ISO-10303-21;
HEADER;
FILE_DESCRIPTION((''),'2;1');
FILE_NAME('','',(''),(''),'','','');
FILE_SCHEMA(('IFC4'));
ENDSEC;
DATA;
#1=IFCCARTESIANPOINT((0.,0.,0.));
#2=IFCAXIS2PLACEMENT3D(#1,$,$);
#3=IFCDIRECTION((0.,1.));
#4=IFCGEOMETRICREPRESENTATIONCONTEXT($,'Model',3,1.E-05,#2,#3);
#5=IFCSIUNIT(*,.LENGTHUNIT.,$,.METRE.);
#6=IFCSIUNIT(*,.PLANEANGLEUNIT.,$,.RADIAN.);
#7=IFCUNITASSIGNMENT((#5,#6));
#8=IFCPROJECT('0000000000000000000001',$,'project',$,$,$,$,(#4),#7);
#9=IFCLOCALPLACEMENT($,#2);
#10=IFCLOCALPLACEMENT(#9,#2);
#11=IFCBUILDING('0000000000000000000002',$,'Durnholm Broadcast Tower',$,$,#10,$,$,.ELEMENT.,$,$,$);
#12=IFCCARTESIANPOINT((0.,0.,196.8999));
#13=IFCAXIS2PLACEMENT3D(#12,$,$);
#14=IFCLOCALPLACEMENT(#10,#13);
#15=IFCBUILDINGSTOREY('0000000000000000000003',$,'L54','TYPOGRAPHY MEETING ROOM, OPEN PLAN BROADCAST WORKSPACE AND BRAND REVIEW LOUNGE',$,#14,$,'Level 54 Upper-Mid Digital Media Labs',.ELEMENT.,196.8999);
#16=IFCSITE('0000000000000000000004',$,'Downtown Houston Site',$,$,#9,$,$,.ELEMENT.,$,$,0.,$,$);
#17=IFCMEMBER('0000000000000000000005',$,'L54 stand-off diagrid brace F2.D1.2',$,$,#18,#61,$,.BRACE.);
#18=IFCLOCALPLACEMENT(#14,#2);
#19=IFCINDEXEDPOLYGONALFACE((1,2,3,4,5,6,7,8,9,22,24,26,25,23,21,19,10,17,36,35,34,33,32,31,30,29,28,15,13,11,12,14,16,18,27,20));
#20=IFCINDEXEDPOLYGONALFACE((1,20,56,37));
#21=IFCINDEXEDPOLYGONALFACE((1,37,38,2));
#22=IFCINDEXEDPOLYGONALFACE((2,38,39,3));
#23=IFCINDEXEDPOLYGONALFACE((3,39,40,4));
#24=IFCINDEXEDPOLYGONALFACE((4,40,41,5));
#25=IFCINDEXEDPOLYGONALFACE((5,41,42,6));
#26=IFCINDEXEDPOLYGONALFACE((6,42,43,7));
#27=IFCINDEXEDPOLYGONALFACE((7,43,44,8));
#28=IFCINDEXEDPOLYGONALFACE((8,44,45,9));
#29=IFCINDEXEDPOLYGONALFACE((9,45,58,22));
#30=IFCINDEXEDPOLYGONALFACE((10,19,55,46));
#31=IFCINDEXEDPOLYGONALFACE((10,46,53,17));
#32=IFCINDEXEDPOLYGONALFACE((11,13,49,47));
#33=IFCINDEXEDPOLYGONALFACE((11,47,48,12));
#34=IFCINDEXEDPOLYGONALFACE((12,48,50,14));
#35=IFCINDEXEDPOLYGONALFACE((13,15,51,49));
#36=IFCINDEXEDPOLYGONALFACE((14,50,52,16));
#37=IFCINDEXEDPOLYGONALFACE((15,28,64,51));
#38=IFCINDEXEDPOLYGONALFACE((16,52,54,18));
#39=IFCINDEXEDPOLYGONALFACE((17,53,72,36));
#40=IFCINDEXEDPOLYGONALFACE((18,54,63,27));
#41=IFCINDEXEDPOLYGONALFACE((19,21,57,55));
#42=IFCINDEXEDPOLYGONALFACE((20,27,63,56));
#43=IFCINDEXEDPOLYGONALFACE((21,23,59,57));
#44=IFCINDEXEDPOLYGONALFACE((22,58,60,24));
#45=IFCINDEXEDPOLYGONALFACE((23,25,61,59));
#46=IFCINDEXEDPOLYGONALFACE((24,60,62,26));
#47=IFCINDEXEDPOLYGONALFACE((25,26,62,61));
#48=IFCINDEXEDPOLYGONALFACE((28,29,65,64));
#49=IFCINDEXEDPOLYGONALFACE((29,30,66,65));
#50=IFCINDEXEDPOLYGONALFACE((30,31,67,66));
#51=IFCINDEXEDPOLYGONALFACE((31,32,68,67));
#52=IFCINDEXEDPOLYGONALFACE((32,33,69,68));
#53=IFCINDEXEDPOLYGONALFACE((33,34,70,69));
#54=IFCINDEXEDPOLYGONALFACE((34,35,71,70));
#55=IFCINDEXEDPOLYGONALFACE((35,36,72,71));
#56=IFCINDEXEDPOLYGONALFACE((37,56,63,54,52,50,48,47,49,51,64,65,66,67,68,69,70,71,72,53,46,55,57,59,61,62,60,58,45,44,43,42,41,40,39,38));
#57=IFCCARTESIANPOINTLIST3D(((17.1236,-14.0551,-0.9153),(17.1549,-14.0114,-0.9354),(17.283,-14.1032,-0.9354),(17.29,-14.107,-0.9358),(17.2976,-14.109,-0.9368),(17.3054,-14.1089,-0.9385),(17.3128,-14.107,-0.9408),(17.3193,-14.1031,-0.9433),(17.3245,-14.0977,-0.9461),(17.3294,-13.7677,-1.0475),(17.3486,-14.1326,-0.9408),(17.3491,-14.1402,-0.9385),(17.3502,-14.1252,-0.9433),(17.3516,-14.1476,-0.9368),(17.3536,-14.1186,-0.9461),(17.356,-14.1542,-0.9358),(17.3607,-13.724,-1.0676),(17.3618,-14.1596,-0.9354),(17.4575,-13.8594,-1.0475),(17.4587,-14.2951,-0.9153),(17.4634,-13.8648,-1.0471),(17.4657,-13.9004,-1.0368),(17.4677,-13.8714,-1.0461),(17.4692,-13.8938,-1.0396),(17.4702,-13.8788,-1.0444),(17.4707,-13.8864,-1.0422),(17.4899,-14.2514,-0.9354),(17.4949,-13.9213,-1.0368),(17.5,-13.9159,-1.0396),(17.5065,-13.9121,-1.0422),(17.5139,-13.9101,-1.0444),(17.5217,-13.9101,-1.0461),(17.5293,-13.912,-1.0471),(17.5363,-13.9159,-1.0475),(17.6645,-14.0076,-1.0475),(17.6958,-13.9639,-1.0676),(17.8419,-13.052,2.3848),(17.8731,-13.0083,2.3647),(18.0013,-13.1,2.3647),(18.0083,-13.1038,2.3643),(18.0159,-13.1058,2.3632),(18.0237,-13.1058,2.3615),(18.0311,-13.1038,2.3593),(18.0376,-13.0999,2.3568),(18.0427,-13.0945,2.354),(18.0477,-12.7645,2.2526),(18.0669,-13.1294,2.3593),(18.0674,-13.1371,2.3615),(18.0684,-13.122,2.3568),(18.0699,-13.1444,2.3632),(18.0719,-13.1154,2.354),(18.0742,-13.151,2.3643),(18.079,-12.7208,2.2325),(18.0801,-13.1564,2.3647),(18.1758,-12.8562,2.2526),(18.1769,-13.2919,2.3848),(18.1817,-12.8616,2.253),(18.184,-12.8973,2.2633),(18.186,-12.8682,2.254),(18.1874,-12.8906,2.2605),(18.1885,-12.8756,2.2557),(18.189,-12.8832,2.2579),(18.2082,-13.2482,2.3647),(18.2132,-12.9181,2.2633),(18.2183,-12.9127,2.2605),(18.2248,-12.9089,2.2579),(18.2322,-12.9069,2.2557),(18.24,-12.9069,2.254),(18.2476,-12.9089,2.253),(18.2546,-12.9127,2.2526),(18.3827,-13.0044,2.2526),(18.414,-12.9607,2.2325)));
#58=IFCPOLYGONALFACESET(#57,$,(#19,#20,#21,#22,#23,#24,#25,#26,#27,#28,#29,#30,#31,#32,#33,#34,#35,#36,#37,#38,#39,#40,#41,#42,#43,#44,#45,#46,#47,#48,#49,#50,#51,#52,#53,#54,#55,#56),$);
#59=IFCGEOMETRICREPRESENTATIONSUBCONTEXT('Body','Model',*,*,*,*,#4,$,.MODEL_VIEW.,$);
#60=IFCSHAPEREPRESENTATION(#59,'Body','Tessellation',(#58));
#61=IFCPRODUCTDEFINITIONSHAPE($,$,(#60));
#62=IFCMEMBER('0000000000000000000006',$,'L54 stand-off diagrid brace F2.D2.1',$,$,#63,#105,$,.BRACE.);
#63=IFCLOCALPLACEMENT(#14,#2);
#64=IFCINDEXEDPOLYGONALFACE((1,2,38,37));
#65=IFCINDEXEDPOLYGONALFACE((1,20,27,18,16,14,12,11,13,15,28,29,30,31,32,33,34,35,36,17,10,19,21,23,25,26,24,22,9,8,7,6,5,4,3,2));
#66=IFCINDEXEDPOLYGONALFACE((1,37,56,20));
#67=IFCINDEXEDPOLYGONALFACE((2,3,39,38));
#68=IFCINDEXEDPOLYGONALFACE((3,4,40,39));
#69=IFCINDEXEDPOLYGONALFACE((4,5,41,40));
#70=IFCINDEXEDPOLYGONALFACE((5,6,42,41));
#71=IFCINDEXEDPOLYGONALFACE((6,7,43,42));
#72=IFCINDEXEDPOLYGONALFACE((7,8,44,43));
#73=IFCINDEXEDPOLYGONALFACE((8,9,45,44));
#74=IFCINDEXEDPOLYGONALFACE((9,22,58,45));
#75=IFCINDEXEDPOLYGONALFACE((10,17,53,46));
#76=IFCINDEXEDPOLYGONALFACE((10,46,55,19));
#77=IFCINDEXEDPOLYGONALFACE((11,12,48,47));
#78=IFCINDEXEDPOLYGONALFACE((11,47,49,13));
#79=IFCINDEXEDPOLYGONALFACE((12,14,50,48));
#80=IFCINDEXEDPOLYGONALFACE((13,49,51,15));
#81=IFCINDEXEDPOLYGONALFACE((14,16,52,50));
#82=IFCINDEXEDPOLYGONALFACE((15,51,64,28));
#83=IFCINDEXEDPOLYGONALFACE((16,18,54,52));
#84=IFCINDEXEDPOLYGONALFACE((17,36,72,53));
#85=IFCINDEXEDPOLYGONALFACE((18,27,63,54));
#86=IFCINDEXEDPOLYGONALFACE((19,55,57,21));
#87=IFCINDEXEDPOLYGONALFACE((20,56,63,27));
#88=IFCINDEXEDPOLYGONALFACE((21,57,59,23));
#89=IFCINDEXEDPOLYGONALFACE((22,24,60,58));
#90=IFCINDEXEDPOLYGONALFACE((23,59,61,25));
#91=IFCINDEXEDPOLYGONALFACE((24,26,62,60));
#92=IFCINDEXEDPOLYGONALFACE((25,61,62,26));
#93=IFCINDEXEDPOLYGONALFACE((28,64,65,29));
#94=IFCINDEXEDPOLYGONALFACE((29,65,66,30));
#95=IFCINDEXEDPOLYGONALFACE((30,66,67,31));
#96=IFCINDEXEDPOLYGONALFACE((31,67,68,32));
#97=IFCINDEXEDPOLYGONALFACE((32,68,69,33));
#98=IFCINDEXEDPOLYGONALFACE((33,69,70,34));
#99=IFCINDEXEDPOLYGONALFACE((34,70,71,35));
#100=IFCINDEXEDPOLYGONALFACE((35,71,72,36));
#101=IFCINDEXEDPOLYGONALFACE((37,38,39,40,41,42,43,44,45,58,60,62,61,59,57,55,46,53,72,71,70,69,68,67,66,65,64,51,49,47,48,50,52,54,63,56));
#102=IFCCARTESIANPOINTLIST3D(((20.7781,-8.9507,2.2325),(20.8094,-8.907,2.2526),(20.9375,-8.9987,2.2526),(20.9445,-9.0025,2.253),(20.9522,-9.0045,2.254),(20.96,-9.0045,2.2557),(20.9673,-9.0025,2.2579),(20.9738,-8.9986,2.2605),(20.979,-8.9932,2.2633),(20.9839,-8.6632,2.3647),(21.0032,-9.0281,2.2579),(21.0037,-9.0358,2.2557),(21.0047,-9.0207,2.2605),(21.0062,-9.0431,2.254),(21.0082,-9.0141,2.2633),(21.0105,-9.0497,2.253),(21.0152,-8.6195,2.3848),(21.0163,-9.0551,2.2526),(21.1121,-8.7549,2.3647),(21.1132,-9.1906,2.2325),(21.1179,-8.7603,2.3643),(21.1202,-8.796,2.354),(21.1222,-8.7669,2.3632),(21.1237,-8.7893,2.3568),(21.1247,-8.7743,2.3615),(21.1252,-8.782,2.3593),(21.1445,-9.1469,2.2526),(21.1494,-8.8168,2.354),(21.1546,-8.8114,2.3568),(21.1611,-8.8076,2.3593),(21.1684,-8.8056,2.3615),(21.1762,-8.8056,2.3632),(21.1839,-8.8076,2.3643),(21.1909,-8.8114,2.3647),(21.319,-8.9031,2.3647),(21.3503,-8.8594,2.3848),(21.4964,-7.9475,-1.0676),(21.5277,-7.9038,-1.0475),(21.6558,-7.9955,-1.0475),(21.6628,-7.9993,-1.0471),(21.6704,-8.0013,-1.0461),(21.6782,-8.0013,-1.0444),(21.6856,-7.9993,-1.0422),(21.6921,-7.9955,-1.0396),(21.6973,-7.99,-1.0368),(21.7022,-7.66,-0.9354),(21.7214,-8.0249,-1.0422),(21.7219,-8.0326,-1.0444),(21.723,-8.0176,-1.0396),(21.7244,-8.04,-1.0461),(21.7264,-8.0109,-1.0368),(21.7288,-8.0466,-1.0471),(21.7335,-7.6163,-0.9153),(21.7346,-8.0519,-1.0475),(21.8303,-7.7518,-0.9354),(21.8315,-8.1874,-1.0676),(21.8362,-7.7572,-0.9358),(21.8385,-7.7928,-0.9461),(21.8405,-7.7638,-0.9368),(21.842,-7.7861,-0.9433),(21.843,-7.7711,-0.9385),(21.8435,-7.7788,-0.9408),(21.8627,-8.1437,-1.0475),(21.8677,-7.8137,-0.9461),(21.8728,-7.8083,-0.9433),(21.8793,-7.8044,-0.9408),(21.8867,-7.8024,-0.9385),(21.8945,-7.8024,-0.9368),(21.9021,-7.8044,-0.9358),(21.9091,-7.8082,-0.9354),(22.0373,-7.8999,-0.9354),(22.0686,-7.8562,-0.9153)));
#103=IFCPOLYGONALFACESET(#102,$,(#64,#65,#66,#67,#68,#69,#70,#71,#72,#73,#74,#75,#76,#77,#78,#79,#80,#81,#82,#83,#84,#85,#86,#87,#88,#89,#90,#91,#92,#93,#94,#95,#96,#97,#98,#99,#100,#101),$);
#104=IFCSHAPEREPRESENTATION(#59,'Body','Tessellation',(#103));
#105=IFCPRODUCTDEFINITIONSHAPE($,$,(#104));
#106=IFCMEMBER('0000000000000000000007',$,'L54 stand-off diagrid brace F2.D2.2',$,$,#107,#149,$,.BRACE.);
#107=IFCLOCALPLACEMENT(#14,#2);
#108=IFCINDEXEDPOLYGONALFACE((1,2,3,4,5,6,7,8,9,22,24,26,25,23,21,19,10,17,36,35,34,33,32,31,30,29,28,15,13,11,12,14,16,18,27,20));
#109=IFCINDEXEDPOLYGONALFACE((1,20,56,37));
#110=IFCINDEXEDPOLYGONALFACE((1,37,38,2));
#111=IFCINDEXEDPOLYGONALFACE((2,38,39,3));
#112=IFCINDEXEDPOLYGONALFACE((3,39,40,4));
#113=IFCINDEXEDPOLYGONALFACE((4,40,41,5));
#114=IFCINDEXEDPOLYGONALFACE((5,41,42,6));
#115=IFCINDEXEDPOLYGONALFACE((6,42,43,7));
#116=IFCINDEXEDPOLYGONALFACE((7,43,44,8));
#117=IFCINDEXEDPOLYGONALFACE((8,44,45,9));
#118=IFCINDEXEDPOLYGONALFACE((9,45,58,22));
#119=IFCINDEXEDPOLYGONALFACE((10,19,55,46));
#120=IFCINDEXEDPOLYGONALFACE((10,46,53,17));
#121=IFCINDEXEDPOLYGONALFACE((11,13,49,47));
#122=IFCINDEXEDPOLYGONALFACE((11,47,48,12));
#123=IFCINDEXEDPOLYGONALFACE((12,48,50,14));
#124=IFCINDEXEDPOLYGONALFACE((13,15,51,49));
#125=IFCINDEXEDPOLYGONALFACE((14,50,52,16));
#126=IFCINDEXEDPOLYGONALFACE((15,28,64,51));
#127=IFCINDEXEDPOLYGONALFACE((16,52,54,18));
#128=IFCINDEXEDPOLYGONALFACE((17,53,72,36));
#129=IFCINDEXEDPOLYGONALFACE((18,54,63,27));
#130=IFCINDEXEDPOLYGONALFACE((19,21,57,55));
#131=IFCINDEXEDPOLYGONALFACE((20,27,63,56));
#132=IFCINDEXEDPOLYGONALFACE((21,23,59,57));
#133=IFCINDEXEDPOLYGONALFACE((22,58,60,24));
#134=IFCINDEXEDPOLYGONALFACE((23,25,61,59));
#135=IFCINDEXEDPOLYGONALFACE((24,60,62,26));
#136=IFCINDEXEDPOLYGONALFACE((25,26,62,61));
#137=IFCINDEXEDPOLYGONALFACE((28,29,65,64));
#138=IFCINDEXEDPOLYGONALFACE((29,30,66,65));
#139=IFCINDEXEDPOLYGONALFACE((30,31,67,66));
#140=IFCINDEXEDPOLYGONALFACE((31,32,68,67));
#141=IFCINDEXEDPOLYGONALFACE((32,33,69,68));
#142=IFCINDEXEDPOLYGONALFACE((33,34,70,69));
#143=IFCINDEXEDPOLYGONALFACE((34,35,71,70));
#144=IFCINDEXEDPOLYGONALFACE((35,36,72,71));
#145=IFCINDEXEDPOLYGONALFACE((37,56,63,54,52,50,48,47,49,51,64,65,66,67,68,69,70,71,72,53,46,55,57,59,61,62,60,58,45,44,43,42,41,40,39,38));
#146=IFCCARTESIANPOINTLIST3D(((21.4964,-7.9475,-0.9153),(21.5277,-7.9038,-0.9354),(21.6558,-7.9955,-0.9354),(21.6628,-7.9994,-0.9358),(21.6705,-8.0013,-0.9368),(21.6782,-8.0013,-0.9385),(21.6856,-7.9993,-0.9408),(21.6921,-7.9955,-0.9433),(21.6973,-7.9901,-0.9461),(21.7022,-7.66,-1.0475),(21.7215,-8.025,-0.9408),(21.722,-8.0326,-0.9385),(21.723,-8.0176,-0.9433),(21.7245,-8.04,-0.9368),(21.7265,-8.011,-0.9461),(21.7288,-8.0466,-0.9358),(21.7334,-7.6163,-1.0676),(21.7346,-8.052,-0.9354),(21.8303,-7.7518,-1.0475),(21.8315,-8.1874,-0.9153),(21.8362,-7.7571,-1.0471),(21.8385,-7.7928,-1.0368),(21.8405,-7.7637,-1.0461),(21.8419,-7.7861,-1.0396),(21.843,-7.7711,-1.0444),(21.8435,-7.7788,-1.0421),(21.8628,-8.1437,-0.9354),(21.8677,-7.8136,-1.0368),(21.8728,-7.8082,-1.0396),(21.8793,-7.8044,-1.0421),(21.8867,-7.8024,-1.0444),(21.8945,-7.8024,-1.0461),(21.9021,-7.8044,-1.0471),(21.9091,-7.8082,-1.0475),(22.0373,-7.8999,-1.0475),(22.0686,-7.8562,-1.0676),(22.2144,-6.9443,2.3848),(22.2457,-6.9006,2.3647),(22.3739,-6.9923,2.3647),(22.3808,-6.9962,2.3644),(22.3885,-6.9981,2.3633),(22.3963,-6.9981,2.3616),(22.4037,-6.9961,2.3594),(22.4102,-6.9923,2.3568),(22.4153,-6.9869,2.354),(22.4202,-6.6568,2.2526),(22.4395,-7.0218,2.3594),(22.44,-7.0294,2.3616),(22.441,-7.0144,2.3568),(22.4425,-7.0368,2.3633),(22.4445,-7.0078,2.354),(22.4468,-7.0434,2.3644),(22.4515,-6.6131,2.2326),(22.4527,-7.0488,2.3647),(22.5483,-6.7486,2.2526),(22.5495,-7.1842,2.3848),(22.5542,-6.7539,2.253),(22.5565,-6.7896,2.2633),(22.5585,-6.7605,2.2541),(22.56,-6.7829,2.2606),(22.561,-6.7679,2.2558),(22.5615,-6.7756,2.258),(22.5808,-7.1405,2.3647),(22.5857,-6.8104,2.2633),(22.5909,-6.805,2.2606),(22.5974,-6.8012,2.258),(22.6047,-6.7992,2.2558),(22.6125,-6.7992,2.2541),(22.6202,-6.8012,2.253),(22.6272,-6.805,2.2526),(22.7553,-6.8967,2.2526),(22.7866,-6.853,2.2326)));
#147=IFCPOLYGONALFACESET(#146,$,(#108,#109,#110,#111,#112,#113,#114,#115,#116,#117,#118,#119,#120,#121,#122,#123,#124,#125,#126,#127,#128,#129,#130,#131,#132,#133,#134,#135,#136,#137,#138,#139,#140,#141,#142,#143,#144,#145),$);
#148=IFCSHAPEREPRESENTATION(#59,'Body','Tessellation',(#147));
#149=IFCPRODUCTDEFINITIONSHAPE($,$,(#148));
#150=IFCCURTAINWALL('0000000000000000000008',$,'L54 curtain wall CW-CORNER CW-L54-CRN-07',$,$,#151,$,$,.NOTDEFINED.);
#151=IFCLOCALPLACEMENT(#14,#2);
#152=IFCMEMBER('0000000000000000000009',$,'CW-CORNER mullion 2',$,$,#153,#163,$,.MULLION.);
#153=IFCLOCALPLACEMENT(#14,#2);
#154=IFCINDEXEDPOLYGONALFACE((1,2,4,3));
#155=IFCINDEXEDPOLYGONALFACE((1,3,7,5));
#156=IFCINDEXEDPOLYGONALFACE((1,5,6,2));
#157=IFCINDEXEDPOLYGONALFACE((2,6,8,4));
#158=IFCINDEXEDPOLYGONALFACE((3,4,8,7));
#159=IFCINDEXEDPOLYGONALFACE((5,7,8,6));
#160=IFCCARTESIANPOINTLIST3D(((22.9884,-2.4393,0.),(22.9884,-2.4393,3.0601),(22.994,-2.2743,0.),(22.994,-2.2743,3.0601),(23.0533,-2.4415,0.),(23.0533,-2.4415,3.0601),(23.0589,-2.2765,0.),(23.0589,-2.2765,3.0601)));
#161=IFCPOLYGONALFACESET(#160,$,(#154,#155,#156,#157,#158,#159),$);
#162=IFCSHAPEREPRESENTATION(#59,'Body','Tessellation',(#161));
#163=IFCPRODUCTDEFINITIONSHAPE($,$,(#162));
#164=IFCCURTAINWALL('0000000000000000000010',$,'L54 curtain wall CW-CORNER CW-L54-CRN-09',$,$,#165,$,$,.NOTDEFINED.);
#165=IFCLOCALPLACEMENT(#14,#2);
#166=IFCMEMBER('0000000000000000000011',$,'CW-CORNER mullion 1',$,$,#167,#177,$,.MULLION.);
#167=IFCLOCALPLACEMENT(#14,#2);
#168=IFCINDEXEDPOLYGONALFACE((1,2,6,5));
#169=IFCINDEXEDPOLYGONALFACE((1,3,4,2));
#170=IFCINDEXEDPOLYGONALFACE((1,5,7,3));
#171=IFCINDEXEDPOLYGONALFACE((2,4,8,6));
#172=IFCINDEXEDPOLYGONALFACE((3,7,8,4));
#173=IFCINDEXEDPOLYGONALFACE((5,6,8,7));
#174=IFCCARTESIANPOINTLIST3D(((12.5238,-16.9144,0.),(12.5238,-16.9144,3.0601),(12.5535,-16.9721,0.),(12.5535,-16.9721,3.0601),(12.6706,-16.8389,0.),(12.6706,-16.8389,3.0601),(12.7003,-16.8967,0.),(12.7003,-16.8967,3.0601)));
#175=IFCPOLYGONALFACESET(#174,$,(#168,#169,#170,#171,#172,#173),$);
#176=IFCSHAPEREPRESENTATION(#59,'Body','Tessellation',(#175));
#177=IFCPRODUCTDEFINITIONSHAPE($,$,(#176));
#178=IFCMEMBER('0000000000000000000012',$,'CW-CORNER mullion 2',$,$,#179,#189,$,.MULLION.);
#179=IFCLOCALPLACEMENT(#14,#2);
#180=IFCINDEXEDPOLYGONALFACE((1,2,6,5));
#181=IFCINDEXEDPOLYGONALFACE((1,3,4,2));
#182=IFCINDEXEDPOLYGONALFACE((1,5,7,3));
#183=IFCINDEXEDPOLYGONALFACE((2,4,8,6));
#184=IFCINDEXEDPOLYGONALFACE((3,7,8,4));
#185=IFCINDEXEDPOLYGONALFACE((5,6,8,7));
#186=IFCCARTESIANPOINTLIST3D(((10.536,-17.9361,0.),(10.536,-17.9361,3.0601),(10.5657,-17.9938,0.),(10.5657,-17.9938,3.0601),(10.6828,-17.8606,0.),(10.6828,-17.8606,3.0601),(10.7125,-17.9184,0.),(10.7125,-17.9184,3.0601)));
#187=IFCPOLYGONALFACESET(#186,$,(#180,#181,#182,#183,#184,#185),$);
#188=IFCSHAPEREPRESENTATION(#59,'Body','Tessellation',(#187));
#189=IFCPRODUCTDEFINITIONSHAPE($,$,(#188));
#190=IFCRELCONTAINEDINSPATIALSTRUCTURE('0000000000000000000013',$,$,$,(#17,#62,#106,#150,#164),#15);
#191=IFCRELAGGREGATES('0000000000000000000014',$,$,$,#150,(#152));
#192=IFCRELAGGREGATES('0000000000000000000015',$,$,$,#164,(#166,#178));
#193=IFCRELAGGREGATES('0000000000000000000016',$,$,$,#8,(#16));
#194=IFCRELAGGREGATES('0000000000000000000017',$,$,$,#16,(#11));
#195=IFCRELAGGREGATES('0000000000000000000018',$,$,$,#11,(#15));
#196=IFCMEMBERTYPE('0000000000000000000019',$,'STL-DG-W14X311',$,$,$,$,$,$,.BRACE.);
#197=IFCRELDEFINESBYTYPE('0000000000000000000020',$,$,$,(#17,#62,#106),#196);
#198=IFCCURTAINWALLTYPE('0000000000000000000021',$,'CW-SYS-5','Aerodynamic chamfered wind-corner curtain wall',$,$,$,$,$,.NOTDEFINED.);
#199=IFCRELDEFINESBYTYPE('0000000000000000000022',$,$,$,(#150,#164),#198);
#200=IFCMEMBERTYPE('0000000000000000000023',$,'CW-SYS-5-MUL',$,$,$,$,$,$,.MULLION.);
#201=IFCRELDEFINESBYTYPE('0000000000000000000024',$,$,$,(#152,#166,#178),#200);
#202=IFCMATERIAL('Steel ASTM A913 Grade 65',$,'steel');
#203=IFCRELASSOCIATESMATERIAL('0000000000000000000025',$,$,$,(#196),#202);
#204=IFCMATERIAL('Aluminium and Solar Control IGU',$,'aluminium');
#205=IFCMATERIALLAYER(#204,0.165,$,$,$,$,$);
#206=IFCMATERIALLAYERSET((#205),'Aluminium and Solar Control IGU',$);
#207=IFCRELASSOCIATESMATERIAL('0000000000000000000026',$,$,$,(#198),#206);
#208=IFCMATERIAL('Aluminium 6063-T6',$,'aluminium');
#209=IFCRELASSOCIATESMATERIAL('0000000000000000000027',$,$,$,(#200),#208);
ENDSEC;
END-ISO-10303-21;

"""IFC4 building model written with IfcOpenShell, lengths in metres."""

from ifc_helpers import new_model, si_unit, direction, frame, origin, origin_2d, place, context, subcontext, project, spatial, rectangle, i_section, extrude, source, transform, mapped, material, layer, layer_set, material_profile, profile_set, type_object, type_shapes, element, aggregate, save


model = new_model("IFC4")

# Units and contexts
model_context = context("Model", 3, precision=1e-05, world=origin(), true_north=direction((0.0, 1.0)))
body_context = subcontext(model_context, "Body", "Model", "MODEL_VIEW")
ifc_project = project(units=[si_unit("LENGTHUNIT", "METRE"), si_unit("PLANEANGLEUNIT", "RADIAN")], contexts=[model_context])

# Site, building, storey
site_placement = place(None, origin())
site = spatial("IfcSite", under=ifc_project, at=site_placement, Name="Downtown Houston Site", CompositionType="ELEMENT", RefElevation=0.0)
building_placement = place(site_placement, origin())
building = spatial("IfcBuilding", under=site, at=building_placement, Name="Durnholm Broadcast Tower", CompositionType="ELEMENT")
storey_placement = place(building_placement, frame((0.0, 0.0, 196.8999)))
storey = spatial("IfcBuildingStorey", under=building, at=storey_placement, Name="L54", Description="TYPOGRAPHY MEETING ROOM, OPEN PLAN BROADCAST WORKSPACE AND BRAND REVIEW LOUNGE", LongName="Level 54 Upper-Mid Digital Media Labs", CompositionType="ELEMENT", Elevation=196.8999)

# Members
ifc_material_1 = material(Name="Steel ASTM A913 Grade 65", Category="steel")
ifc_material_profile_1 = material_profile(ifc_material_1, i_section(OverallWidth=0.4121, OverallDepth=0.4348, WebThickness=0.0359, FlangeThickness=0.0574, FilletRadius=0.0305, at=origin_2d()), Name="W14X311")
ifc_profile_set_1 = profile_set([ifc_material_profile_1], Name="Steel ASTM A913 Grade 65")
member_type_1 = type_object("IfcMemberType", Name="STL-DG-W14X311", PredefinedType="BRACE", material=ifc_profile_set_1)
shared_shape_1 = source(origin(), body_context, "Body", "SweptSolid", [
    extrude(i_section(OverallWidth=0.4121, OverallDepth=0.4348, WebThickness=0.0359, FlangeThickness=0.0574, FilletRadius=0.0305, at=origin_2d()), origin(), (0.0, 0.0, 1.0), 3.5232),
])
type_shapes(member_type_1, [shared_shape_1])
for number, where, z_axis, x_axis, name in (
    (1, (17.4097, -14.0095, -0.9915), (0.203869, 0.284738, 0.936676), (-0.813078, 0.582155, 0.0), "L54 stand-off diagrid brace F2.D1.2"),
    (2, (21.7825, -7.9019, -0.9915), (-0.203869, -0.284738, 0.936676), (0.813078, -0.582155, 0.0), "L54 stand-off diagrid brace F2.D2.1"),
    (3, (21.7825, -7.9019, -0.9915), (0.203803, 0.284742, 0.936689), (-0.813171, 0.582024, 0.0), "L54 stand-off diagrid brace F2.D2.2"),
):
    element("IfcMember", number, at=place(storey_placement, frame(where, z_axis=z_axis, x_axis=x_axis)), inside=storey, type_object=member_type_1, Name=name, PredefinedType="BRACE", context=body_context, shape_type="MappedRepresentation", body=[
        mapped(shared_shape_1, transform((0.0, 0.0, 0.0), x_axis=(1.0, 0.0, 0.0), y_axis=(0.0, 1.0, 0.0), z_axis=(0.0, 0.0, 1.0), scale=1.0)),
    ])

# Curtain wall, member
ifc_material_2 = material(Name="Aluminium and Solar Control IGU", Category="aluminium")
ifc_layer_1 = layer(ifc_material_2, 0.165)
ifc_layer_set_1 = layer_set([ifc_layer_1], Name="Aluminium and Solar Control IGU")
curtain_wall_type_1 = type_object("IfcCurtainWallType", Name="CW-SYS-5", Description="Aerodynamic chamfered wind-corner curtain wall", PredefinedType="NOTDEFINED", material=ifc_layer_set_1)
curtain_wall_1_placement = place(storey_placement, origin())
curtain_wall_1 = element("IfcCurtainWall", 4, at=curtain_wall_1_placement, inside=storey, type_object=curtain_wall_type_1, Name="L54 curtain wall CW-CORNER CW-L54-CRN-07", PredefinedType="NOTDEFINED")
ifc_material_3 = material(Name="Aluminium 6063-T6", Category="aluminium")
ifc_material_profile_2 = material_profile(ifc_material_3, rectangle(XDim=0.0649, YDim=0.165, at=origin_2d()), Name="CWM65X165")
ifc_profile_set_2 = profile_set([ifc_material_profile_2], Name="Aluminium 6063-T6")
member_type_2 = type_object("IfcMemberType", Name="CW-SYS-5-MUL", PredefinedType="MULLION", material=ifc_profile_set_2)
shared_shape_2 = source(origin(), body_context, "Body", "SweptSolid", [
    extrude(rectangle(XDim=0.0649, YDim=0.165, at=origin_2d()), origin(), (0.0, 0.0, 1.0), 3.0601),
])
type_shapes(member_type_2, [shared_shape_2])
member_1_placement = place(storey_placement, frame((23.0237, -2.3579, 0.0), z_axis=(0.0, 0.0, 1.0), x_axis=(0.999425, -0.033913, 0.0)))
member_1 = element("IfcMember", 5, at=member_1_placement, type_object=member_type_2, Name="CW-CORNER mullion 2", PredefinedType="MULLION", context=body_context, shape_type="MappedRepresentation", body=[
    mapped(shared_shape_2, transform((0.0, 0.0, 0.0), x_axis=(1.0, 0.0, 0.0), y_axis=(0.0, 1.0, 0.0), z_axis=(0.0, 0.0, 1.0), scale=1.0)),
])
aggregate(curtain_wall_1, [member_1])

# Curtain wall, members
curtain_wall_2_placement = place(storey_placement, origin())
curtain_wall_2 = element("IfcCurtainWall", 6, at=curtain_wall_2_placement, inside=storey, type_object=curtain_wall_type_1, Name="L54 curtain wall CW-CORNER CW-L54-CRN-09", PredefinedType="NOTDEFINED")
member_2_placement = place(storey_placement, frame((12.6121, -16.9055, 0.0), z_axis=(0.0, 0.0, 1.0), x_axis=(0.457082, -0.889425, 0.0)))
member_2 = element("IfcMember", 7, at=member_2_placement, type_object=member_type_2, Name="CW-CORNER mullion 1", PredefinedType="MULLION", context=body_context, shape_type="MappedRepresentation", body=[
    mapped(shared_shape_2, transform((0.0, 0.0, 0.0), x_axis=(1.0, 0.0, 0.0), y_axis=(0.0, 1.0, 0.0), z_axis=(0.0, 0.0, 1.0), scale=1.0)),
])
member_3_placement = place(storey_placement, frame((10.6243, -17.9272, 0.0), z_axis=(0.0, 0.0, 1.0), x_axis=(0.457082, -0.889425, 0.0)))
member_3 = element("IfcMember", 8, at=member_3_placement, type_object=member_type_2, Name="CW-CORNER mullion 2", PredefinedType="MULLION", context=body_context, shape_type="MappedRepresentation", body=[
    mapped(shared_shape_2, transform((0.0, 0.0, 0.0), x_axis=(1.0, 0.0, 0.0), y_axis=(0.0, 1.0, 0.0), z_axis=(0.0, 0.0, 1.0), scale=1.0)),
])

aggregate(curtain_wall_2, [member_2, member_3])

save(model, "model.ifc")
